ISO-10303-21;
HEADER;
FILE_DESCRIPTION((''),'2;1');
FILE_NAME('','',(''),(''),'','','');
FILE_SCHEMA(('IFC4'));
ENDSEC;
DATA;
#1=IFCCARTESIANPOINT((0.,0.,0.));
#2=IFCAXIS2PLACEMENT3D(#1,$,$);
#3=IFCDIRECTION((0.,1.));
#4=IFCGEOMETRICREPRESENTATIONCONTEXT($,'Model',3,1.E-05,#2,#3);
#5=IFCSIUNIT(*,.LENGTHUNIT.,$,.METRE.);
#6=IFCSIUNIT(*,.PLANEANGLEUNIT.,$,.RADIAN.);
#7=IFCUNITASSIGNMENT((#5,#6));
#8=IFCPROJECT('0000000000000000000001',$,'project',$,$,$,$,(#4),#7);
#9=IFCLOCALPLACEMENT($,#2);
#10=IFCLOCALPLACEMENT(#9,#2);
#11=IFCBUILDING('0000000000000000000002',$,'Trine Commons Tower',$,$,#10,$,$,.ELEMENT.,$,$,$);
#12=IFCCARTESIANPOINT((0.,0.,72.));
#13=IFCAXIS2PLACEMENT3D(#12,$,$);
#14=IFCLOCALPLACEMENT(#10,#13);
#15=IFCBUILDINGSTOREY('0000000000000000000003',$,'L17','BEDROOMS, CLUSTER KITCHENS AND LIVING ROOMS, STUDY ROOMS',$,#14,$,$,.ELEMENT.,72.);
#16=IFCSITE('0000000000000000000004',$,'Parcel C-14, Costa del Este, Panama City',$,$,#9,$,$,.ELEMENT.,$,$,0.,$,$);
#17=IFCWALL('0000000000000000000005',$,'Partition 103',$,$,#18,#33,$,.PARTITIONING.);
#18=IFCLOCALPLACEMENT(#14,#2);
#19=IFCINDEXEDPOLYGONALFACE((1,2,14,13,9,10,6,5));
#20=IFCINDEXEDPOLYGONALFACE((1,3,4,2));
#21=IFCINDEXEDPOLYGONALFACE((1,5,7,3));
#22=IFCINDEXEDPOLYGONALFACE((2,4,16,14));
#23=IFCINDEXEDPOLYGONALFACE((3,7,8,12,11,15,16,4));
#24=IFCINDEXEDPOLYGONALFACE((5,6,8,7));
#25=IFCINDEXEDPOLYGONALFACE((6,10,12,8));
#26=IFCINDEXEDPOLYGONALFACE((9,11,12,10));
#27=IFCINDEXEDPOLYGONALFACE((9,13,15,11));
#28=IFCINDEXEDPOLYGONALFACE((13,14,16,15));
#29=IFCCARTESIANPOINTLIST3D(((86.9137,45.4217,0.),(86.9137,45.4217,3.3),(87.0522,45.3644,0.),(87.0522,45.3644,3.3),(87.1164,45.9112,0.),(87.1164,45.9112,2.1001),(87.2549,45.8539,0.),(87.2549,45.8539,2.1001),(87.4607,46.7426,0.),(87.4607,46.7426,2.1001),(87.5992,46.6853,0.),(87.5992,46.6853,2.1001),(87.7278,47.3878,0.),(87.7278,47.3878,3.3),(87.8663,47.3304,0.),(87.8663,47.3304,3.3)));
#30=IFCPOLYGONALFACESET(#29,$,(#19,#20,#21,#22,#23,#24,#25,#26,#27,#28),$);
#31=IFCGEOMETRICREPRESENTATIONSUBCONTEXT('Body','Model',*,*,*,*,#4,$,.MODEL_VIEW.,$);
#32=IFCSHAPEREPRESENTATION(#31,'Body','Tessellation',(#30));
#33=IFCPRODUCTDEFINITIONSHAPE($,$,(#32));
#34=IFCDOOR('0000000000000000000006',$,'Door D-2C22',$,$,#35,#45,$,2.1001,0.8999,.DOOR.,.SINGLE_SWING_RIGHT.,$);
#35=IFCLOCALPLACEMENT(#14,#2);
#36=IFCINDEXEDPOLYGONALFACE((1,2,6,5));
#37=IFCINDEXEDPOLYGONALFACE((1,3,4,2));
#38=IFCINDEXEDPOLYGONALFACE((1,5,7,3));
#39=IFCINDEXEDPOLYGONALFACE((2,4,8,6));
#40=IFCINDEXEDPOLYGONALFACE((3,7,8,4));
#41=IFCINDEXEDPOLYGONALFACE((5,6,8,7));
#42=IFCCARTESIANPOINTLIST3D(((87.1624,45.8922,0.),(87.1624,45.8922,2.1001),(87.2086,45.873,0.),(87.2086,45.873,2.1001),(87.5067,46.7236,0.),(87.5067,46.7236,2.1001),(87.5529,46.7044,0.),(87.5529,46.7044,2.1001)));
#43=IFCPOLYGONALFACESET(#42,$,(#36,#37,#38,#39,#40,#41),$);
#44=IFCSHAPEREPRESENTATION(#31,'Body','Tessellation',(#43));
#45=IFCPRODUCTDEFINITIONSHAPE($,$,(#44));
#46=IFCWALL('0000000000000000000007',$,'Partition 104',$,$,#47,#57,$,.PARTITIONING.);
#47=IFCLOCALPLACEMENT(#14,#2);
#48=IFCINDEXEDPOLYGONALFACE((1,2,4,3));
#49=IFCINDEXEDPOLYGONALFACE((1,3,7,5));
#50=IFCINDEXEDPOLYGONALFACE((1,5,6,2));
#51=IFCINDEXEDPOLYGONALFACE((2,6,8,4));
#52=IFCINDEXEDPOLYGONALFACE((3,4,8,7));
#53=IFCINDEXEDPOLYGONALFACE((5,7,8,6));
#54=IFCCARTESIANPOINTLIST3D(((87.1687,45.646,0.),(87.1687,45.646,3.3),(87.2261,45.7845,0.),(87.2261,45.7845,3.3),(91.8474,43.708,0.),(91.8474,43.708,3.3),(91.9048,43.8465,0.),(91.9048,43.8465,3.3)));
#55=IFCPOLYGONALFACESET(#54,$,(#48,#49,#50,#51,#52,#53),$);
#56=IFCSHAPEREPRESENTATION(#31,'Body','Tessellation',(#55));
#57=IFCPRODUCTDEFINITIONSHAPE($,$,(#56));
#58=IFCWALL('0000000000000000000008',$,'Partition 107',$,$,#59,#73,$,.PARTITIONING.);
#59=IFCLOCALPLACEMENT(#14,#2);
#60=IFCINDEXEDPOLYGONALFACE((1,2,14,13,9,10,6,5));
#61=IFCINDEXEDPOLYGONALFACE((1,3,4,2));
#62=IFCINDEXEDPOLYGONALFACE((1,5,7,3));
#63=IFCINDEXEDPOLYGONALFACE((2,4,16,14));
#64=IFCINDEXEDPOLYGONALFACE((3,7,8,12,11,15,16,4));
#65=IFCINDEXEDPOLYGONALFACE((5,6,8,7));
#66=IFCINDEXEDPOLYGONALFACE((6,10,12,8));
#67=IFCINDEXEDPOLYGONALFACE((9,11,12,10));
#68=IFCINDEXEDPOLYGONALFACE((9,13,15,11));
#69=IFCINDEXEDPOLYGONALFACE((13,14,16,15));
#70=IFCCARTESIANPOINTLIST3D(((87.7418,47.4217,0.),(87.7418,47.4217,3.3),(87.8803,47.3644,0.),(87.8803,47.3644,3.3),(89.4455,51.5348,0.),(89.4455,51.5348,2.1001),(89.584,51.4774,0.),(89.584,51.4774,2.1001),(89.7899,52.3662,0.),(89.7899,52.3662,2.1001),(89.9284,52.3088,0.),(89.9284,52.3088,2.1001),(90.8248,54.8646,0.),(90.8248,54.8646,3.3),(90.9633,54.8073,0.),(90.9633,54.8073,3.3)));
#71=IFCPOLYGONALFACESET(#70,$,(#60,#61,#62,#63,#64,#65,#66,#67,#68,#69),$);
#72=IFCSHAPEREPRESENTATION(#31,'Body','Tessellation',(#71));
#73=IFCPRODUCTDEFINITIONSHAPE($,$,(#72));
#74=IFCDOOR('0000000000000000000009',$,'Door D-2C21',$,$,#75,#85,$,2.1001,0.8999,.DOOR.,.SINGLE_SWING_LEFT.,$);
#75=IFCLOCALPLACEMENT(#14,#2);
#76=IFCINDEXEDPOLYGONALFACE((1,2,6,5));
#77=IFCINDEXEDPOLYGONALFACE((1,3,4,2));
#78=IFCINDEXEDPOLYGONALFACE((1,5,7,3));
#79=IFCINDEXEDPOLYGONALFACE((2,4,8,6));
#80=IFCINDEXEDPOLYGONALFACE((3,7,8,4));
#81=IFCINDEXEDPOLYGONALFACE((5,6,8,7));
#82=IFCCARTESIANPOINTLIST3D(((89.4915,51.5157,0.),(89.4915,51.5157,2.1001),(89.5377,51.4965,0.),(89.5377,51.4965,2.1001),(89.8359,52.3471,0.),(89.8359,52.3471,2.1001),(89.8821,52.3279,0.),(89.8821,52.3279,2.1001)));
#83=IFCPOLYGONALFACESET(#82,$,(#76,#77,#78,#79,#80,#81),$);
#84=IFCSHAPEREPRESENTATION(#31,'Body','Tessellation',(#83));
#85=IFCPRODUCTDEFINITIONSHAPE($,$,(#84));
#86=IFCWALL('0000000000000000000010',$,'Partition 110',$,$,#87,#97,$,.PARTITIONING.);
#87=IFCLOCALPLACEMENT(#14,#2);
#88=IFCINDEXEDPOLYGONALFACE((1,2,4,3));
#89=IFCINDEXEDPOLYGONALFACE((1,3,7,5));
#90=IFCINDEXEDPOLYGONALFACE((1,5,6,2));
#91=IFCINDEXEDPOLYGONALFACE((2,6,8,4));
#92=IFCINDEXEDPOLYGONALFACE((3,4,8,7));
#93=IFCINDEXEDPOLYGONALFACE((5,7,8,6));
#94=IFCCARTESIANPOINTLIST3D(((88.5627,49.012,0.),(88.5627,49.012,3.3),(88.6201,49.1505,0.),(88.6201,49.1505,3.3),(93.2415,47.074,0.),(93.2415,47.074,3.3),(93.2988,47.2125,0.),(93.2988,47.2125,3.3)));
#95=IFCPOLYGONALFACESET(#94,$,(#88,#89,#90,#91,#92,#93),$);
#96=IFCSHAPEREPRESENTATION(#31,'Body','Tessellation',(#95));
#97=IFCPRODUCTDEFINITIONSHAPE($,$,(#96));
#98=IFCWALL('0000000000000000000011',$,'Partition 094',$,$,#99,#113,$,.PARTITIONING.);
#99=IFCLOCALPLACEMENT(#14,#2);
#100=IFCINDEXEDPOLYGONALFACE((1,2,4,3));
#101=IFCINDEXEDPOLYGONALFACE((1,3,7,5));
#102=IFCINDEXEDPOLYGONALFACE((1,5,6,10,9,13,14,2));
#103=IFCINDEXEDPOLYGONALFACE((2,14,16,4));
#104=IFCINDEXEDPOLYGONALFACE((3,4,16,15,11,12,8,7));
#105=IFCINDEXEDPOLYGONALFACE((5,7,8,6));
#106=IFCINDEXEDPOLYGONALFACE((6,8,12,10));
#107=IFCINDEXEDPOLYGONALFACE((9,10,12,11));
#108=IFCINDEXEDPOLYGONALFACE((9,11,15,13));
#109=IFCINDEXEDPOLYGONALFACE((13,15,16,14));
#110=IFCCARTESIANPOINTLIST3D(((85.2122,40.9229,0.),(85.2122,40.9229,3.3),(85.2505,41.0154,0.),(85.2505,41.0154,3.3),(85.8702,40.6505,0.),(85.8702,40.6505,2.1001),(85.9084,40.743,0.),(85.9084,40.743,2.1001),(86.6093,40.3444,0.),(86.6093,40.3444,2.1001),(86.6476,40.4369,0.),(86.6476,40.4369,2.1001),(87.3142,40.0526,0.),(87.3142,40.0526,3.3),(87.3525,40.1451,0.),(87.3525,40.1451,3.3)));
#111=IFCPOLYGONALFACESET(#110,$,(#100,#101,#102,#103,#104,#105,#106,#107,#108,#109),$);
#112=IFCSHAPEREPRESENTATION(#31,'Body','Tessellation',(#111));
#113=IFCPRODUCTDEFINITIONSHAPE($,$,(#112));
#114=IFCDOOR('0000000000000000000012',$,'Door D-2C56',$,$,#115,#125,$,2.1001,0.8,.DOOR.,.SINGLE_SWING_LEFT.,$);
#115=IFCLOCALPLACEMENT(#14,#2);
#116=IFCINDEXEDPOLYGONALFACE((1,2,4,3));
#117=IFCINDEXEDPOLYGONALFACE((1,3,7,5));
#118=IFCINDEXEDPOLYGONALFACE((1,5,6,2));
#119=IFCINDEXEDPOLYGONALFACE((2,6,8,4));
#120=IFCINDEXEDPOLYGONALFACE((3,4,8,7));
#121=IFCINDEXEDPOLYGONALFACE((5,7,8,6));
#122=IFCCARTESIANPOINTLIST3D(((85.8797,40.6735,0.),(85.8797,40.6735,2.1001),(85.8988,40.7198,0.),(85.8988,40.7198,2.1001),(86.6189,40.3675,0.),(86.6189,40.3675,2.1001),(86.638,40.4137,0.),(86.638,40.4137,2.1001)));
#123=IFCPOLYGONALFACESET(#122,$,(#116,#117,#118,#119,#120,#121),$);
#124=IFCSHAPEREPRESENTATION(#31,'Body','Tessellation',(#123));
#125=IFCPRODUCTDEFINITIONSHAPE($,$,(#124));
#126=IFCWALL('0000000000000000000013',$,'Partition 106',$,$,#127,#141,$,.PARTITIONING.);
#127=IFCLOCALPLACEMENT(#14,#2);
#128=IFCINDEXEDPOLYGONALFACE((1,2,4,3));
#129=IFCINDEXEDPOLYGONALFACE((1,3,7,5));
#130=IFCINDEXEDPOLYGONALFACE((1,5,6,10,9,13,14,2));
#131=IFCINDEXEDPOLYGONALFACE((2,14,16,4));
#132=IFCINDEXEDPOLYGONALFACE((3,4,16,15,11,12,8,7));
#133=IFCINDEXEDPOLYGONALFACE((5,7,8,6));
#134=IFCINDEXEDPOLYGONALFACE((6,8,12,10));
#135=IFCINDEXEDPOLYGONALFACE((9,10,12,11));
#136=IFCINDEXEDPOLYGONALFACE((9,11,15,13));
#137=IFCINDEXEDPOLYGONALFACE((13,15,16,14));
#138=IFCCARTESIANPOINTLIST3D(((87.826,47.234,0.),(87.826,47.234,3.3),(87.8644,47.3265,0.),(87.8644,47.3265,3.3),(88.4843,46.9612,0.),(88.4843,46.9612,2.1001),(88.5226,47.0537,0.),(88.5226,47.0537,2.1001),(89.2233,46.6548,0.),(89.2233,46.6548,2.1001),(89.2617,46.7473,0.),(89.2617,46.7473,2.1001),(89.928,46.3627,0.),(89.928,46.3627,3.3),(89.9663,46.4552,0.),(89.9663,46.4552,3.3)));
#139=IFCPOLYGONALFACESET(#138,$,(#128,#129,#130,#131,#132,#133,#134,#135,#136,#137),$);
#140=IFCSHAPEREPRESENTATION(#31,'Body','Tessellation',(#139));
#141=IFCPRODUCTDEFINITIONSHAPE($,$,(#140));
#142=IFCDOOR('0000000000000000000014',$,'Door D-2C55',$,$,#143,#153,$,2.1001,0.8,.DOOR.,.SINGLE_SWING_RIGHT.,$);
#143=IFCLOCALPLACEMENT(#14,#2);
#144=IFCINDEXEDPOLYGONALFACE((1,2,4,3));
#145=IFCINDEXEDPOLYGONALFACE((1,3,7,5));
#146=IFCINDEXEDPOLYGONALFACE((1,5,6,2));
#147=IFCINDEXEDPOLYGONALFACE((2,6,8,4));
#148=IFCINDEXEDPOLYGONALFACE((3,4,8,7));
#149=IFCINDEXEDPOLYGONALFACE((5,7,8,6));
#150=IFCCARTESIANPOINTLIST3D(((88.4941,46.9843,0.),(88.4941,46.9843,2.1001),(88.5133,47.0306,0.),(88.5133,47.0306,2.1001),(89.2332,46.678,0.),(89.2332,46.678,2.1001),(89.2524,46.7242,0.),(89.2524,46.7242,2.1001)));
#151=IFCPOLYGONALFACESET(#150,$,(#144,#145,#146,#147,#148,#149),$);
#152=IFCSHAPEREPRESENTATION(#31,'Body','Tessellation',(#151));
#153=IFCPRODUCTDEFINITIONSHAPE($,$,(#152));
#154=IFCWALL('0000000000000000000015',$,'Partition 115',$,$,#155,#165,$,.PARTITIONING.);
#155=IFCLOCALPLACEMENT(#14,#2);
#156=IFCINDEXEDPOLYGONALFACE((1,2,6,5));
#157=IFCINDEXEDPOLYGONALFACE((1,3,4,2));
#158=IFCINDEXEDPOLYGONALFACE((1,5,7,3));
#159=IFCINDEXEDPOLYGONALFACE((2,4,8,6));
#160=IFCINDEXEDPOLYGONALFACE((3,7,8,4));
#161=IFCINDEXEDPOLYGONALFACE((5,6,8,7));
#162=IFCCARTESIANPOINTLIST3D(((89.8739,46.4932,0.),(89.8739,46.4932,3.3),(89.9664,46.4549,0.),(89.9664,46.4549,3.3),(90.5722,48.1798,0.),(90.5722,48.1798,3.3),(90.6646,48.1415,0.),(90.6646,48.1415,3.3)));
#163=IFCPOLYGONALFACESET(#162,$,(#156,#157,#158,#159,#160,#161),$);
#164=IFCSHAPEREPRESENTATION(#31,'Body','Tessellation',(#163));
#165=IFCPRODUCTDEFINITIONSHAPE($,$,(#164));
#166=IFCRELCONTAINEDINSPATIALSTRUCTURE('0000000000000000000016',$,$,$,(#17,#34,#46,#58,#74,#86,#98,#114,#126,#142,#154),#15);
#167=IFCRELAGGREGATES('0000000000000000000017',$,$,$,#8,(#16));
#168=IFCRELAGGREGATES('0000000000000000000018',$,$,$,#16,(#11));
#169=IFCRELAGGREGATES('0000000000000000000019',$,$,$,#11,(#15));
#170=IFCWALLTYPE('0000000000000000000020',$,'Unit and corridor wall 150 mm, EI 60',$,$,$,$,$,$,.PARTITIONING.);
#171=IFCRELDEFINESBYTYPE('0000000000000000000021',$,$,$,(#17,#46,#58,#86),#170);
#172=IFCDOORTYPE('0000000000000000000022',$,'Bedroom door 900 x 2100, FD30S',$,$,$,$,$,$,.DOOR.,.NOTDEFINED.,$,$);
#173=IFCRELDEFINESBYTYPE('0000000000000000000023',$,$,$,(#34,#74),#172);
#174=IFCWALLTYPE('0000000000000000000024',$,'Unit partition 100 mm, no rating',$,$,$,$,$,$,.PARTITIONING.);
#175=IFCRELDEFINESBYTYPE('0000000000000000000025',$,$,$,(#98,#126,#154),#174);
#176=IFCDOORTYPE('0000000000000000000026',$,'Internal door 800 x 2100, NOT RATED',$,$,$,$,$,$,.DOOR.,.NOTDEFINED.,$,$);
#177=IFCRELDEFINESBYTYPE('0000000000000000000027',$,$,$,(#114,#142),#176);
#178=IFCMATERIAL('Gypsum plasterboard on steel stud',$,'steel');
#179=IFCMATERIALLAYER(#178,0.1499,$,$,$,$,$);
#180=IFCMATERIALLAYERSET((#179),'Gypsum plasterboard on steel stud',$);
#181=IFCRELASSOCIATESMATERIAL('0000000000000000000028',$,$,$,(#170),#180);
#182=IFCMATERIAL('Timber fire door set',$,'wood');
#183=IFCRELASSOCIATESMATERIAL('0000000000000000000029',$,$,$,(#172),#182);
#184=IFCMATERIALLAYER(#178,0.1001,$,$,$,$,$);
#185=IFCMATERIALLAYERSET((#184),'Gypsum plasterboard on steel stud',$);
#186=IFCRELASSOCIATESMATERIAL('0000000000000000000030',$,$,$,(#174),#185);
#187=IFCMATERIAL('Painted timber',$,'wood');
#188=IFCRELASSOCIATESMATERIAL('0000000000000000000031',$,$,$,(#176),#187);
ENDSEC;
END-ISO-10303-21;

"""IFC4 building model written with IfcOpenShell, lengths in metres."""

from ifc_helpers import new_model, si_unit, direction, frame, frame_2d, origin, place, context, subcontext, project, spatial, rectangle, extrude, material, layer, layer_set, type_object, element, fill, save


model = new_model("IFC4")

# Units and contexts
model_context = context("Model", 3, precision=1e-05, world=origin(), true_north=direction((0.0, 1.0)))
body_context = subcontext(model_context, "Body", "Model", "MODEL_VIEW")
ifc_project = project(units=[si_unit("LENGTHUNIT", "METRE"), si_unit("PLANEANGLEUNIT", "RADIAN")], contexts=[model_context])

# Site, building, storey
site_placement = place(None, origin())
site = spatial("IfcSite", under=ifc_project, at=site_placement, Name="Parcel C-14, Costa del Este, Panama City", CompositionType="ELEMENT", RefElevation=0.0)
building_placement = place(site_placement, origin())
building = spatial("IfcBuilding", under=site, at=building_placement, Name="Trine Commons Tower", CompositionType="ELEMENT")
storey_placement = place(building_placement, frame((0.0, 0.0, 72.0)))
storey = spatial("IfcBuildingStorey", under=building, at=storey_placement, Name="L17", Description="BEDROOMS, CLUSTER KITCHENS AND LIVING ROOMS, STUDY ROOMS", CompositionType="ELEMENT", Elevation=72.0)

# Shared definitions
ifc_material_1 = material(Name="Gypsum plasterboard on steel stud", Category="steel")
ifc_layer_1 = layer(ifc_material_1, 0.1499)
ifc_layer_set_1 = layer_set([ifc_layer_1], Name="Gypsum plasterboard on steel stud")
wall_type_1 = type_object("IfcWallType", Name="Unit and corridor wall 150 mm, EI 60", PredefinedType="PARTITIONING", material=ifc_layer_set_1)
ifc_material_2 = material(Name="Timber fire door set", Category="wood")

# Shared definitions
ifc_material_3 = material(Name="Painted timber", Category="wood")

# Wall, opening, door
wall_1_placement = place(storey_placement, frame((86.9829, 45.3931, 0.0), z_axis=(0.0, 0.0, 1.0), x_axis=(0.382619, 0.923906, 0.0)))
wall_1 = element("IfcWall", 1, at=wall_1_placement, inside=storey, type_object=wall_type_1, Name="Partition 103", PredefinedType="PARTITIONING", context=body_context, shape_type="SweptSolid", body=[
    extrude(rectangle(XDim=2.1279, YDim=0.1499, at=frame_2d((1.064, 0.0))), origin(), (0.0, 0.0, 1.0), 3.3),
])
opening_1_placement = place(wall_1_placement, frame((0.5298, 0.0, 0.0)))
opening_1 = element("IfcOpeningElement", 2, at=opening_1_placement, cuts=wall_1, PredefinedType="OPENING", context=body_context, shape_type="SweptSolid", body=[
    extrude(rectangle(XDim=0.8999, YDim=2.1001, at=frame_2d((0.45, 1.05))), frame((0.0, 0.085, 0.0), z_axis=(0.0, -1.0, 0.0), x_axis=(1.0, 0.0, 0.0)), (0.0, 0.0, 1.0), 0.1699),
])
door_type_1 = type_object("IfcDoorType", Name="Bedroom door 900 x 2100, FD30S", OperationType="NOTDEFINED", PredefinedType="DOOR", material=ifc_material_2)
door_1_placement = place(opening_1_placement, frame((0.8999, 0.0, 0.0), z_axis=(0.0, 0.0, 1.0), x_axis=(-1.0, 0.0, 0.0)))
door_1 = element("IfcDoor", 3, at=door_1_placement, inside=storey, type_object=door_type_1, Name="Door D-2C22", OperationType="SINGLE_SWING_RIGHT", OverallHeight=2.1001, OverallWidth=0.8999, PredefinedType="DOOR", context=body_context, shape_type="SweptSolid", body=[
    extrude(rectangle(XDim=0.8999, YDim=2.1001, at=frame_2d((0.45, 1.05))), frame((0.0, 0.0249, 0.0), z_axis=(0.0, -1.0, 0.0), x_axis=(1.0, 0.0, 0.0)), (0.0, 0.0, 1.0), 0.05),
])
fill(opening_1, door_1)

# Wall
wall_2_placement = place(storey_placement, frame((87.1973, 45.7153, 0.0), z_axis=(0.0, 0.0, 1.0), x_axis=(0.923879, -0.382684, 0.0)))
element("IfcWall", 4, at=wall_2_placement, inside=storey, type_object=wall_type_1, Name="Partition 104", PredefinedType="PARTITIONING", context=body_context, shape_type="SweptSolid", body=[
    extrude(rectangle(XDim=5.0642, YDim=0.1499, at=frame_2d((2.5322, 0.0))), origin(), (0.0, 0.0, 1.0), 3.3),
])

# Wall, opening, door
wall_3_placement = place(storey_placement, frame((87.811, 47.3931, 0.0), z_axis=(0.0, 0.0, 1.0), x_axis=(0.382691, 0.923876, 0.0)))
wall_3 = element("IfcWall", 5, at=wall_3_placement, inside=storey, type_object=wall_type_1, Name="Partition 107", PredefinedType="PARTITIONING", context=body_context, shape_type="SweptSolid", body=[
    extrude(rectangle(XDim=8.0562, YDim=0.1499, at=frame_2d((4.0281, 0.0))), origin(), (0.0, 0.0, 1.0), 3.3),
])
opening_2_placement = place(wall_3_placement, frame((4.4519, 0.0, 0.0)))
opening_2 = element("IfcOpeningElement", 6, at=opening_2_placement, cuts=wall_3, PredefinedType="OPENING", context=body_context, shape_type="SweptSolid", body=[
    extrude(rectangle(XDim=0.8999, YDim=2.1001, at=frame_2d((0.45, 1.05))), frame((0.0, 0.085, 0.0), z_axis=(0.0, -1.0, 0.0), x_axis=(1.0, 0.0, 0.0)), (0.0, 0.0, 1.0), 0.1699),
])
door_2_placement = place(opening_2_placement, frame((0.8999, 0.0, 0.0), z_axis=(0.0, 0.0, 1.0), x_axis=(-1.0, 0.0, 0.0)))
door_2 = element("IfcDoor", 7, at=door_2_placement, inside=storey, type_object=door_type_1, Name="Door D-2C21", OperationType="SINGLE_SWING_LEFT", OverallHeight=2.1001, OverallWidth=0.8999, PredefinedType="DOOR", context=body_context, shape_type="SweptSolid", body=[
    extrude(rectangle(XDim=0.8999, YDim=2.1001, at=frame_2d((0.45, 1.05))), frame((0.0, 0.0249, 0.0), z_axis=(0.0, -1.0, 0.0), x_axis=(1.0, 0.0, 0.0)), (0.0, 0.0, 1.0), 0.05),
])
fill(opening_2, door_2)

# Wall
wall_4_placement = place(storey_placement, frame((88.5913, 49.0813, 0.0), z_axis=(0.0, 0.0, 1.0), x_axis=(0.923879, -0.382684, 0.0)))
element("IfcWall", 8, at=wall_4_placement, inside=storey, type_object=wall_type_1, Name="Partition 110", PredefinedType="PARTITIONING", context=body_context, shape_type="SweptSolid", body=[
    extrude(rectangle(XDim=5.0642, YDim=0.1499, at=frame_2d((2.5322, 0.0))), origin(), (0.0, 0.0, 1.0), 3.3),
])

# Walls, openings, doors
ifc_layer_2 = layer(ifc_material_1, 0.1001)
ifc_layer_set_2 = layer_set([ifc_layer_2], Name="Gypsum plasterboard on steel stud")
wall_type_2 = type_object("IfcWallType", Name="Unit partition 100 mm, no rating", PredefinedType="PARTITIONING", material=ifc_layer_set_2)
wall_5_placement = place(storey_placement, frame((85.2312, 40.9692, 0.0), z_axis=(0.0, 0.0, 1.0), x_axis=(0.923932, -0.382557, 0.0)))
wall_5 = element("IfcWall", 9, at=wall_5_placement, inside=storey, type_object=wall_type_2, Name="Partition 094", PredefinedType="PARTITIONING", context=body_context, shape_type="SweptSolid", body=[
    extrude(rectangle(XDim=2.2751, YDim=0.1001, at=frame_2d((1.1377, 0.0))), origin(), (0.0, 0.0, 1.0), 3.3),
])
opening_3_placement = place(wall_5_placement, frame((0.7124, 0.0, 0.0)))
opening_3 = element("IfcOpeningElement", 10, at=opening_3_placement, cuts=wall_5, PredefinedType="OPENING", context=body_context, shape_type="SweptSolid", body=[
    extrude(rectangle(XDim=0.8, YDim=2.1001, at=frame_2d((0.3999, 1.05))), frame((0.0, 0.0601, 0.0), z_axis=(0.0, -1.0, 0.0), x_axis=(1.0, 0.0, 0.0)), (0.0, 0.0, 1.0), 0.1201),
])
door_type_2 = type_object("IfcDoorType", Name="Internal door 800 x 2100, NOT RATED", OperationType="NOTDEFINED", PredefinedType="DOOR", material=ifc_material_3)
door_3_placement = place(opening_3_placement, origin())
door_3 = element("IfcDoor", 11, at=door_3_placement, inside=storey, type_object=door_type_2, Name="Door D-2C56", OperationType="SINGLE_SWING_LEFT", OverallHeight=2.1001, OverallWidth=0.8, PredefinedType="DOOR", context=body_context, shape_type="SweptSolid", body=[
    extrude(rectangle(XDim=0.8, YDim=2.1001, at=frame_2d((0.3999, 1.05))), frame((0.0, 0.0249, 0.0), z_axis=(0.0, -1.0, 0.0), x_axis=(1.0, 0.0, 0.0)), (0.0, 0.0, 1.0), 0.05),
])
fill(opening_3, door_3)
wall_6_placement = place(storey_placement, frame((87.8452, 47.2803, 0.0), z_axis=(0.0, 0.0, 1.0), x_axis=(0.92378, -0.382923, 0.0)))
wall_6 = element("IfcWall", 12, at=wall_6_placement, inside=storey, type_object=wall_type_2, Name="Partition 106", PredefinedType="PARTITIONING", context=body_context, shape_type="SweptSolid", body=[
    extrude(rectangle(XDim=2.2754, YDim=0.1001, at=frame_2d((1.1377, 0.0))), origin(), (0.0, 0.0, 1.0), 3.3),
])
opening_4_placement = place(wall_6_placement, frame((0.7126, 0.0, 0.0)))
opening_4 = element("IfcOpeningElement", 13, at=opening_4_placement, cuts=wall_6, PredefinedType="OPENING", context=body_context, shape_type="SweptSolid", body=[
    extrude(rectangle(XDim=0.8, YDim=2.1001, at=frame_2d((0.3999, 1.05))), frame((0.0, 0.0601, 0.0), z_axis=(0.0, -1.0, 0.0), x_axis=(1.0, 0.0, 0.0)), (0.0, 0.0, 1.0), 0.1201),
])
door_4_placement = place(opening_4_placement, frame((0.8, 0.0, 0.0), z_axis=(0.0, 0.0, 1.0), x_axis=(-1.0, 0.0, 0.0)))
door_4 = element("IfcDoor", 14, at=door_4_placement, inside=storey, type_object=door_type_2, Name="Door D-2C55", OperationType="SINGLE_SWING_RIGHT", OverallHeight=2.1001, OverallWidth=0.8, PredefinedType="DOOR", context=body_context, shape_type="SweptSolid", body=[
    extrude(rectangle(XDim=0.8, YDim=2.1001, at=frame_2d((0.3999, 1.05))), frame((0.0, 0.0249, 0.0), z_axis=(0.0, -1.0, 0.0), x_axis=(1.0, 0.0, 0.0)), (0.0, 0.0, 1.0), 0.05),
])
fill(opening_4, door_4)

# Wall
wall_7_placement = place(storey_placement, frame((89.9202, 46.4741, 0.0), z_axis=(0.0, 0.0, 1.0), x_axis=(0.382525, 0.923945, 0.0)))
element("IfcWall", 15, at=wall_7_placement, inside=storey, type_object=wall_type_2, Name="Partition 115", PredefinedType="PARTITIONING", context=body_context, shape_type="SweptSolid", body=[
    extrude(rectangle(XDim=1.8254, YDim=0.1001, at=frame_2d((0.9126, 0.0))), origin(), (0.0, 0.0, 1.0), 3.3),
])

save(model, "model.ifc")
